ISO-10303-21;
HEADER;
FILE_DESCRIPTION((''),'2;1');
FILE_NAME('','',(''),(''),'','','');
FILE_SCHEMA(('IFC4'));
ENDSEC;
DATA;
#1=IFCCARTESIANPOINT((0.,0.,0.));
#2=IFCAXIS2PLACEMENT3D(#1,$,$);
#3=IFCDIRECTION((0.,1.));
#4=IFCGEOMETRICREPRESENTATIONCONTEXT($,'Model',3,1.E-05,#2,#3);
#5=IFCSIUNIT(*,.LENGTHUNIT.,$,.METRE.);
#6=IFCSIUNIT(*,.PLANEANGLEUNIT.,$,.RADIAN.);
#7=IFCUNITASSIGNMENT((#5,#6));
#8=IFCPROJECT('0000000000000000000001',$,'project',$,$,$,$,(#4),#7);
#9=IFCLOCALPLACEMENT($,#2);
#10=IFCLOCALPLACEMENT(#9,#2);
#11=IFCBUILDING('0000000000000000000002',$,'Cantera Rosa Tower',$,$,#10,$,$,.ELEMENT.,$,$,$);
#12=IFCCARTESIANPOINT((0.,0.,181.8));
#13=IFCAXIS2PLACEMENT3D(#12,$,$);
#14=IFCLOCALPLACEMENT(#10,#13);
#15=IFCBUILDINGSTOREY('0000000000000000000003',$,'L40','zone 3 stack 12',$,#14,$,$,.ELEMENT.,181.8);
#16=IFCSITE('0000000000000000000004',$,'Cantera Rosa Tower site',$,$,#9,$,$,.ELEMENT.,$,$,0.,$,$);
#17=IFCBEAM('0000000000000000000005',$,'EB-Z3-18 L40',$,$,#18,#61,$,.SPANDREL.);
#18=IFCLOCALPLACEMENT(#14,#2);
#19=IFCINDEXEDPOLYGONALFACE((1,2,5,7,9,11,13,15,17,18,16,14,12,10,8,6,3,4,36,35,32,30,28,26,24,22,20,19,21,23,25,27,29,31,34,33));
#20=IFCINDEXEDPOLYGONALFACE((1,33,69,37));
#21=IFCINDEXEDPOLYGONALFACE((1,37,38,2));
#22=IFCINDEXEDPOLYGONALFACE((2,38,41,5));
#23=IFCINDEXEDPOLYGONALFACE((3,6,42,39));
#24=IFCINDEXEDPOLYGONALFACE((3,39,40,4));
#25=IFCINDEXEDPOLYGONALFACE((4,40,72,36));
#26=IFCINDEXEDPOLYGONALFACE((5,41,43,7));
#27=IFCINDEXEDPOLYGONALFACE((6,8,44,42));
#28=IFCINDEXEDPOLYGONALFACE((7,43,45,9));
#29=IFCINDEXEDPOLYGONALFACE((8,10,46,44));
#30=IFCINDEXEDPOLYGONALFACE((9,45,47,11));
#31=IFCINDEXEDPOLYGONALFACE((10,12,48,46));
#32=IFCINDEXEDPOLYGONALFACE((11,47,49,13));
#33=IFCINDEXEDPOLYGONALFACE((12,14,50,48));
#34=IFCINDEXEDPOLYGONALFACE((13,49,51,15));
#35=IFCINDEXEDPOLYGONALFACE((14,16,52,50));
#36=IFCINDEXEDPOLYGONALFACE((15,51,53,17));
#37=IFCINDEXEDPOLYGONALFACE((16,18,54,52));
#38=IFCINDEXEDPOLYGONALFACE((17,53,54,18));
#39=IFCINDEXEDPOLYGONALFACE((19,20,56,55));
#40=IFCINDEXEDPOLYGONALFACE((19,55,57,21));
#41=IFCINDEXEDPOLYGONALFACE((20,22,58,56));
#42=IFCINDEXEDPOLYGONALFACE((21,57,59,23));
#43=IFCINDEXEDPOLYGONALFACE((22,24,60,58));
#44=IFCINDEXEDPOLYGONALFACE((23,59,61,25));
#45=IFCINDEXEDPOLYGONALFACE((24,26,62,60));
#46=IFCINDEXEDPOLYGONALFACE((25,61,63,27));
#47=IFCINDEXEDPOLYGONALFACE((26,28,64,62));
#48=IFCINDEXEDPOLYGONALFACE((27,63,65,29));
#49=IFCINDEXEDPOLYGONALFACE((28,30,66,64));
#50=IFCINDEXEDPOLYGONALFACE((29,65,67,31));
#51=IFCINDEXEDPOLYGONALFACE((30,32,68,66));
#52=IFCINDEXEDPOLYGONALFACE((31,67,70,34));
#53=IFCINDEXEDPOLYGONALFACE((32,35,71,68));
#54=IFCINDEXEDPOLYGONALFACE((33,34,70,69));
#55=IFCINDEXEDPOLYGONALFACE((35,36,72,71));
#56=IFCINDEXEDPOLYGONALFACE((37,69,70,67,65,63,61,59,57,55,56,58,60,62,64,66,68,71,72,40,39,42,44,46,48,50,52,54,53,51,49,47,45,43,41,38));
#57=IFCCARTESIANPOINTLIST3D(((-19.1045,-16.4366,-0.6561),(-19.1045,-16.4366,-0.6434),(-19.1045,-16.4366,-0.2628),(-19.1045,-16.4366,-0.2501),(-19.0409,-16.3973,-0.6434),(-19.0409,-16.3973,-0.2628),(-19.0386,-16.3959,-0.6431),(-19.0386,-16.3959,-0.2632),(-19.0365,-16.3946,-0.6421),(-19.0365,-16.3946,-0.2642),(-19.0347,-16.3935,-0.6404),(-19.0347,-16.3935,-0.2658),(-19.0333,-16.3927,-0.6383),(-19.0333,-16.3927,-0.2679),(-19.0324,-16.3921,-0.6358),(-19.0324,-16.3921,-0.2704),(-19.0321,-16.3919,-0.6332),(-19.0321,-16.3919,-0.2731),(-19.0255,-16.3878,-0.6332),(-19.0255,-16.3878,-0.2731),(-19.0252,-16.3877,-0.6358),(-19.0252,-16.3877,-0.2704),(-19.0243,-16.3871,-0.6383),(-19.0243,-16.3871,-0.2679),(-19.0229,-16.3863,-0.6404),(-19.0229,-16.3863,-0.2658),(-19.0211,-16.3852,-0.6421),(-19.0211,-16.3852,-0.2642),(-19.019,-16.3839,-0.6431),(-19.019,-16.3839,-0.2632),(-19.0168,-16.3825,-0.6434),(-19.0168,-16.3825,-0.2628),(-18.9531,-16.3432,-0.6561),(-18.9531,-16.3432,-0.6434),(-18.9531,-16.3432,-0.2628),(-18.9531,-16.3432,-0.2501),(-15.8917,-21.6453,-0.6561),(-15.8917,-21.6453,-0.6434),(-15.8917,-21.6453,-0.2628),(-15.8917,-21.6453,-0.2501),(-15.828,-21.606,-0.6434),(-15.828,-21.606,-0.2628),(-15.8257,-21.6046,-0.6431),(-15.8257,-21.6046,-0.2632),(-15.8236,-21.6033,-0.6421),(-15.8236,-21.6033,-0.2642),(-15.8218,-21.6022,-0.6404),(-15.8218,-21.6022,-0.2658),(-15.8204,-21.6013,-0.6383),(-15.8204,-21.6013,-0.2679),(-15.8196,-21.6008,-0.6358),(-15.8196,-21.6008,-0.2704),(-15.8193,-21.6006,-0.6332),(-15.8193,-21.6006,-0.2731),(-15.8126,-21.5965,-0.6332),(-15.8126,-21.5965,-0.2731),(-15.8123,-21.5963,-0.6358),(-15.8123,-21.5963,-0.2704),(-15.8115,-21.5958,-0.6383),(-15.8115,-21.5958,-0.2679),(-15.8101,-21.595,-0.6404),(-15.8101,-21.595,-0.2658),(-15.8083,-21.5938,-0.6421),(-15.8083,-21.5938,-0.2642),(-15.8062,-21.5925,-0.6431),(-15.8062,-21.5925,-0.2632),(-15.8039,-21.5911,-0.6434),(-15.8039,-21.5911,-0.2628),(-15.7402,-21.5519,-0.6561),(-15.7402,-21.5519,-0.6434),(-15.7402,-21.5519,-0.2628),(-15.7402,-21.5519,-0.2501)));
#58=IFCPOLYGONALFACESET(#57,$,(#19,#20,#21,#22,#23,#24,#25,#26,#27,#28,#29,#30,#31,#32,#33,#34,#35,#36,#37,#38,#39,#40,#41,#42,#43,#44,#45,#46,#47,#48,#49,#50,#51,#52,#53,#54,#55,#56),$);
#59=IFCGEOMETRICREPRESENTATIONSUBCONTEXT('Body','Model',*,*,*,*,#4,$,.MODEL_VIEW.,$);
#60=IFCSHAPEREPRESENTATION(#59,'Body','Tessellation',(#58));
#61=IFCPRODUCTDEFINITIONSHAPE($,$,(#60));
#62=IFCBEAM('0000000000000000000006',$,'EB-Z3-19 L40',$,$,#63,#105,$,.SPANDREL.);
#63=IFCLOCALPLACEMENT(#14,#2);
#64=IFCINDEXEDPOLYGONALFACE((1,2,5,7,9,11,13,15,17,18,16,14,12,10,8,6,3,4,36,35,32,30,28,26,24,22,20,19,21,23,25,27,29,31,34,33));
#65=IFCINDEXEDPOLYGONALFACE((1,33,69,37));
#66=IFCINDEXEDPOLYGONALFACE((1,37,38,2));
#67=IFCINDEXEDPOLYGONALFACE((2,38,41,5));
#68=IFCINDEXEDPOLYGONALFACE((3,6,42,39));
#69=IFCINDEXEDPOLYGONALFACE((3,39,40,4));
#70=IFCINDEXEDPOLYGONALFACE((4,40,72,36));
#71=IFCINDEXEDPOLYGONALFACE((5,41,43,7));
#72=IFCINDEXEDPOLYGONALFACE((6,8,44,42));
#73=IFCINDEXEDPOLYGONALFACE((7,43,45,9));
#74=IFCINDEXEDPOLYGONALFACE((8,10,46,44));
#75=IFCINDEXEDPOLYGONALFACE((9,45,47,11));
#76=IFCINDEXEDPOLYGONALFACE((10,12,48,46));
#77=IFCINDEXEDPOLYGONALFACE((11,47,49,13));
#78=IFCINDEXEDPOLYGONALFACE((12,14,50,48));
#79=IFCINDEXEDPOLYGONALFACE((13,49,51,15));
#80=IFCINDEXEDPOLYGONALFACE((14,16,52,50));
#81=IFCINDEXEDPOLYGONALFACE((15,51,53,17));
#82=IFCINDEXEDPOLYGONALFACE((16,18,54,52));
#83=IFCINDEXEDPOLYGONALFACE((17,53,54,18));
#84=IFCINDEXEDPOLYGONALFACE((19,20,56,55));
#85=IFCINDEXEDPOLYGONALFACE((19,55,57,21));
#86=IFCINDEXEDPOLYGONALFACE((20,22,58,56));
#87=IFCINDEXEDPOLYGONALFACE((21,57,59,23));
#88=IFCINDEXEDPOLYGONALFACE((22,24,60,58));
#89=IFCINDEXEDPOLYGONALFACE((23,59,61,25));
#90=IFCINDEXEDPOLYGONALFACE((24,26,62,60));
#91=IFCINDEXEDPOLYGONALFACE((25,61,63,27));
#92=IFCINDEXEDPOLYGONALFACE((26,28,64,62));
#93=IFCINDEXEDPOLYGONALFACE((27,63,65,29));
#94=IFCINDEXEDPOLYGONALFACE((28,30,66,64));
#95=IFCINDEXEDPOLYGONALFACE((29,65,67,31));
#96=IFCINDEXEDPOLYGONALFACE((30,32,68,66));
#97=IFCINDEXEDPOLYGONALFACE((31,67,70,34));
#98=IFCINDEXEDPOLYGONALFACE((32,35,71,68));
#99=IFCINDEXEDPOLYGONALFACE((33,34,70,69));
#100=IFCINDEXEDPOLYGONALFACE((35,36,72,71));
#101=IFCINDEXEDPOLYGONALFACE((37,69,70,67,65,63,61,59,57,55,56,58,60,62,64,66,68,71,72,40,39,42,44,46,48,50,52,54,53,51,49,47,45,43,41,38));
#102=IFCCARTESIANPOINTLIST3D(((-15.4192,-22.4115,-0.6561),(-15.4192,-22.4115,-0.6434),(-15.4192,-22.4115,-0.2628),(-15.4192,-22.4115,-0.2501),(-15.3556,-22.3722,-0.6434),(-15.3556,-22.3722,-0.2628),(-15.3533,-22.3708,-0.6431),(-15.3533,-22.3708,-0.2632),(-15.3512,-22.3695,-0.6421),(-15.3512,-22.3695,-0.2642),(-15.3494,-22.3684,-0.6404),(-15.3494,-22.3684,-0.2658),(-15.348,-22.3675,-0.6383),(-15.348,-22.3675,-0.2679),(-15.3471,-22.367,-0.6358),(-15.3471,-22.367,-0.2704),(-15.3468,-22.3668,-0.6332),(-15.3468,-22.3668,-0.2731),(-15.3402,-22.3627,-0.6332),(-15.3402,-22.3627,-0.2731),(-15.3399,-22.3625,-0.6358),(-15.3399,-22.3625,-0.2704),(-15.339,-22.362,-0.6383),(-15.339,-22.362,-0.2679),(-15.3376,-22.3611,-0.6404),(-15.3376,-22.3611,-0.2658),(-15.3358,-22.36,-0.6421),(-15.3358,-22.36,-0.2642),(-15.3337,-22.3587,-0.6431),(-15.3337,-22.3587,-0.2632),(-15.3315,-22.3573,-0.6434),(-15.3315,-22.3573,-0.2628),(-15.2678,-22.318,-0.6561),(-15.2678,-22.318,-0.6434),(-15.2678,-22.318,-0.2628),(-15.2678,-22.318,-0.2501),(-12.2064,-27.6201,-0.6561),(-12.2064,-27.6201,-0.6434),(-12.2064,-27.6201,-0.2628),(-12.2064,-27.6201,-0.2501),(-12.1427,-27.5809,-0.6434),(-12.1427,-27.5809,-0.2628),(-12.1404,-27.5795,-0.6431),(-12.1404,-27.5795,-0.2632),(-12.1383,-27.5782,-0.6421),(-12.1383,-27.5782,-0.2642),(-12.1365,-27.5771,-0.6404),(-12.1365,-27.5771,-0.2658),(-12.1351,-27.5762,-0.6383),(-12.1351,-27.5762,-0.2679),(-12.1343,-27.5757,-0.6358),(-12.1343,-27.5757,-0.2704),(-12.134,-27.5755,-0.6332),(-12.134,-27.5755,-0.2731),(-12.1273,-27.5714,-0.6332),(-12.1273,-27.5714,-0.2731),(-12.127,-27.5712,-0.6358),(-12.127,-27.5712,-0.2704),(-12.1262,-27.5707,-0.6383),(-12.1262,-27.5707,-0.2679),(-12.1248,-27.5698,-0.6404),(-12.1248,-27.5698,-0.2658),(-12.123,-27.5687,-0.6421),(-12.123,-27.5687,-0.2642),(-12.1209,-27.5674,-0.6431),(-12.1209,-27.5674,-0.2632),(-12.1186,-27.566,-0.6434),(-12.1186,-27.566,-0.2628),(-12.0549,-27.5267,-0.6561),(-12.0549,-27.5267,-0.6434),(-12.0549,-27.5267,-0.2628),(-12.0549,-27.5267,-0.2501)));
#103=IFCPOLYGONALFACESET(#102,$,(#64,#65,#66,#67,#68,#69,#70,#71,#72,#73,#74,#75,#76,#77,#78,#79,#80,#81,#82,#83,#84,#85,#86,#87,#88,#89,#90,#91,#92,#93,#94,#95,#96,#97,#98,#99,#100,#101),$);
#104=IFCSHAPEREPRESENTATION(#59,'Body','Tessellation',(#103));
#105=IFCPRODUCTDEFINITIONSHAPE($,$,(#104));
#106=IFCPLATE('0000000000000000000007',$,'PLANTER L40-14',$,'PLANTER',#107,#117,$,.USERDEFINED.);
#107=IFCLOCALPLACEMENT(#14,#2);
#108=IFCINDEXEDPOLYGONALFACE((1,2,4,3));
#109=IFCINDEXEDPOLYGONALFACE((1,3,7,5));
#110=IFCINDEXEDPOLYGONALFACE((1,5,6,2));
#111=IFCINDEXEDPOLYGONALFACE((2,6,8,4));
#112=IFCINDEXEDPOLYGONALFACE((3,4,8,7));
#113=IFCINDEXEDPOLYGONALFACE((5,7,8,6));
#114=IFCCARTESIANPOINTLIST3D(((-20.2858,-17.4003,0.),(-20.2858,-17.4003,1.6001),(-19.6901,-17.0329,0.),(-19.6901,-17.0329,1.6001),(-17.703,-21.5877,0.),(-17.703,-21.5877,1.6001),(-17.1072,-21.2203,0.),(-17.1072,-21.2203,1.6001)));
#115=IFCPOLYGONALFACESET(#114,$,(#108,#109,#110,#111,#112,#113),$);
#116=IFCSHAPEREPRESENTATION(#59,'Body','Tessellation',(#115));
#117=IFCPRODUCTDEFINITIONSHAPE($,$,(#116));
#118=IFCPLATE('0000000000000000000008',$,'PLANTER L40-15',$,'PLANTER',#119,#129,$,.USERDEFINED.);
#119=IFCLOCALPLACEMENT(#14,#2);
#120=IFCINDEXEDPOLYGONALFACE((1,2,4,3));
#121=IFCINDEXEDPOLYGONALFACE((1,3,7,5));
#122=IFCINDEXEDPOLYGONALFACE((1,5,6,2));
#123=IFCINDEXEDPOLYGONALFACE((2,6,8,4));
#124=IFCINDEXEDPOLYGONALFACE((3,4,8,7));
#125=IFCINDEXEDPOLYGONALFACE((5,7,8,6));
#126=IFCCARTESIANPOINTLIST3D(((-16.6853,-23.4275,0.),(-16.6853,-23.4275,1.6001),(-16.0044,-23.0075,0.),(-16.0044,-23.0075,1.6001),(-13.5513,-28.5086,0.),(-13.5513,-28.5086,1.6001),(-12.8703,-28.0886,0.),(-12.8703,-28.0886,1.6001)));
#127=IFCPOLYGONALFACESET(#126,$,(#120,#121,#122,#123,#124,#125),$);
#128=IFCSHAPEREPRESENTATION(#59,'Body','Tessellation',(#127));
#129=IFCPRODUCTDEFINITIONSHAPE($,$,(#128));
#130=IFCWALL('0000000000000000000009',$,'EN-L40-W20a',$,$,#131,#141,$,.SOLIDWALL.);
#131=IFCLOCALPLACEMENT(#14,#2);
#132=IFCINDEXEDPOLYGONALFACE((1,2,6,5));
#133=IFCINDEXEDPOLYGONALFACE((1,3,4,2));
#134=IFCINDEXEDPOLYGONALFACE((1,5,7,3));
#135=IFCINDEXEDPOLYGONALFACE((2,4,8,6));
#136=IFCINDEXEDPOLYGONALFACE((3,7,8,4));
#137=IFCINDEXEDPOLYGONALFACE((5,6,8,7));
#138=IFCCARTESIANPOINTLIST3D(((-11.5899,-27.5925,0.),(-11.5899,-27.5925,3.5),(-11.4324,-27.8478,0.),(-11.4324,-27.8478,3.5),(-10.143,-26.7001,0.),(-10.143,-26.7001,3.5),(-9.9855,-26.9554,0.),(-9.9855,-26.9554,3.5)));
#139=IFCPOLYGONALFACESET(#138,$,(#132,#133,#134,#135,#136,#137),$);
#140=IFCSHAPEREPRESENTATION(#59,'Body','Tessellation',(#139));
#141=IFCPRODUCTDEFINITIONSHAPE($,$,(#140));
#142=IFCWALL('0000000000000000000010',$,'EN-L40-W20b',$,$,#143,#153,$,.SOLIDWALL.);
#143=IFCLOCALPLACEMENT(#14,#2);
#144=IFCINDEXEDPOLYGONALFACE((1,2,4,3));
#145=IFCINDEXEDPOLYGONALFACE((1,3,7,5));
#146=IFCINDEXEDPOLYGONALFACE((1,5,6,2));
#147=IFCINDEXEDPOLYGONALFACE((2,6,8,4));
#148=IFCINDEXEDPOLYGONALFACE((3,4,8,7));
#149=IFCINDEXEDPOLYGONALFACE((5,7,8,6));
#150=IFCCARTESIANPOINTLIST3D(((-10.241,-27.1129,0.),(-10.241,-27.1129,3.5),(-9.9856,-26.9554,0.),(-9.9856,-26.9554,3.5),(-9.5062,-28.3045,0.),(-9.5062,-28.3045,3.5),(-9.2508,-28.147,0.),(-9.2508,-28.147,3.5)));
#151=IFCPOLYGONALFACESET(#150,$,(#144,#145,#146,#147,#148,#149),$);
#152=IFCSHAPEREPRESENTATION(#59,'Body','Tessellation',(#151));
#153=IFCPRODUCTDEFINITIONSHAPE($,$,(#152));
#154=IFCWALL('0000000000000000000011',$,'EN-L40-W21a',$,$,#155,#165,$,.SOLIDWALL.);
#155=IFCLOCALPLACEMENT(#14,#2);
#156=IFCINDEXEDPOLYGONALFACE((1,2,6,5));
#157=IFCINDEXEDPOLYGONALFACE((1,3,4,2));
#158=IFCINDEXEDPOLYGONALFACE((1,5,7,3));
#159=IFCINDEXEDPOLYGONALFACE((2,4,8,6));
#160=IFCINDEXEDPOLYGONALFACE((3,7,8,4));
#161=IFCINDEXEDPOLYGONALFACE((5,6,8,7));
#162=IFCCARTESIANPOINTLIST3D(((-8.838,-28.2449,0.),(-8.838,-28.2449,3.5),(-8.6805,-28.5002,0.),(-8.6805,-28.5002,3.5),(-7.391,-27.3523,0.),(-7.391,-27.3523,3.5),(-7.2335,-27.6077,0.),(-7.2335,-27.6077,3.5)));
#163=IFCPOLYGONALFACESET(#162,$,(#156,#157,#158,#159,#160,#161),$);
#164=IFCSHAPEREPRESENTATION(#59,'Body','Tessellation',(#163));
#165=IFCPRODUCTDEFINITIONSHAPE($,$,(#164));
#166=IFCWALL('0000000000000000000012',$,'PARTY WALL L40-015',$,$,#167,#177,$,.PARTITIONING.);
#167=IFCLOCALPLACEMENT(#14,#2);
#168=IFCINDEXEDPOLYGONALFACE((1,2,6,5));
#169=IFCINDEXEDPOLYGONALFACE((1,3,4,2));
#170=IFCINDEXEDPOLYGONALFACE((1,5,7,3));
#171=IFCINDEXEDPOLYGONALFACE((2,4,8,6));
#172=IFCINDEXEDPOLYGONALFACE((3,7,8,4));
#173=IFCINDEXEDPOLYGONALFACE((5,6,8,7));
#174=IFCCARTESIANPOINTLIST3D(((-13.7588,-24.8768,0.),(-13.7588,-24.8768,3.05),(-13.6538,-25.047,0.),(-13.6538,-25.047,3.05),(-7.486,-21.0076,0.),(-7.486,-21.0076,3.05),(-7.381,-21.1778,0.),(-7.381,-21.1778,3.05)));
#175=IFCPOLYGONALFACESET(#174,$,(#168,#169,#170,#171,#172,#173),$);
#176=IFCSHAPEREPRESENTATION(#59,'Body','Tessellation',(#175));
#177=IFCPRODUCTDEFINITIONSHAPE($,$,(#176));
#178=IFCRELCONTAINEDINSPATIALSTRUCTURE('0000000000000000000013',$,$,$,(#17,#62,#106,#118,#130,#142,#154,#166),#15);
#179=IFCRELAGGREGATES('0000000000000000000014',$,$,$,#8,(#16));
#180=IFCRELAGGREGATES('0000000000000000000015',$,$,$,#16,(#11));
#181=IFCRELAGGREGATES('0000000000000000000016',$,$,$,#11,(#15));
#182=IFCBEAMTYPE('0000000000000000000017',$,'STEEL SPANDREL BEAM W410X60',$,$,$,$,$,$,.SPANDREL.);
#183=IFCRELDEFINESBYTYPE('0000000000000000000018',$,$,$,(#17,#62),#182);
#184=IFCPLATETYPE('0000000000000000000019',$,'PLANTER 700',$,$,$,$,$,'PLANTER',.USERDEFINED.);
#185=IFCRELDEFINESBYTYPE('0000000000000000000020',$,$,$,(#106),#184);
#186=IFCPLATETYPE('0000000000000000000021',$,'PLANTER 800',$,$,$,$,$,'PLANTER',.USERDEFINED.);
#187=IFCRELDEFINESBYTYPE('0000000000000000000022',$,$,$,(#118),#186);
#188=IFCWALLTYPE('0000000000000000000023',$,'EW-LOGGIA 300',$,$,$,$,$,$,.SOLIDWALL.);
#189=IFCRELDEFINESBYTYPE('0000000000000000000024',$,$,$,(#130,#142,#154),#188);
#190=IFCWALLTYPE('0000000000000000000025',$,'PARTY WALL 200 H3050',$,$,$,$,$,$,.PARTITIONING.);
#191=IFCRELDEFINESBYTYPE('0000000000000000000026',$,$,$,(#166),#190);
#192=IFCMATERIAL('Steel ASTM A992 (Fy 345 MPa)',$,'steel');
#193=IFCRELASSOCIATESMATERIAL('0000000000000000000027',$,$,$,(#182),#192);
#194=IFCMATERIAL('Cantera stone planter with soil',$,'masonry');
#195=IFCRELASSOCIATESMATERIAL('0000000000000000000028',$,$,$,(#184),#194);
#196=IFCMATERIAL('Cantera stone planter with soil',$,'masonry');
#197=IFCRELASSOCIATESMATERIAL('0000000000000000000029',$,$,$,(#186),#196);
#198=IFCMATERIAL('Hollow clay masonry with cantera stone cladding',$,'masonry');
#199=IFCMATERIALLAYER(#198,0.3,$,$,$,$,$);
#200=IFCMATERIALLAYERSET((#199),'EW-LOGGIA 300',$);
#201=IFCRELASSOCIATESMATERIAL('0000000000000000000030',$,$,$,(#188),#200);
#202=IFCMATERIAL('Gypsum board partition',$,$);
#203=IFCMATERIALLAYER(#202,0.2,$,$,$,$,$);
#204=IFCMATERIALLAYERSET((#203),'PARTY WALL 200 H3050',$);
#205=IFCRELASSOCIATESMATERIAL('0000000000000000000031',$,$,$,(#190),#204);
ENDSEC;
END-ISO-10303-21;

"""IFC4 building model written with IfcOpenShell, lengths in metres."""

from ifc_helpers import new_model, si_unit, direction, frame, frame_2d, origin, origin_2d, place, context, subcontext, project, spatial, rectangle, i_section, extrude, material, layer, layer_set, material_profile, profile_set, type_object, element, save


model = new_model("IFC4")

# Units and contexts
model_context = context("Model", 3, precision=1e-05, world=origin(), true_north=direction((0.0, 1.0)))
body_context = subcontext(model_context, "Body", "Model", "MODEL_VIEW")
ifc_project = project(units=[si_unit("LENGTHUNIT", "METRE"), si_unit("PLANEANGLEUNIT", "RADIAN")], contexts=[model_context])

# Site, building, storey
site_placement = place(None, origin())
site = spatial("IfcSite", under=ifc_project, at=site_placement, Name="Cantera Rosa Tower site", CompositionType="ELEMENT", RefElevation=0.0)
building_placement = place(site_placement, origin())
building = spatial("IfcBuilding", under=site, at=building_placement, Name="Cantera Rosa Tower", CompositionType="ELEMENT")
storey_placement = place(building_placement, frame((0.0, 0.0, 181.8)))
storey = spatial("IfcBuildingStorey", under=building, at=storey_placement, Name="L40", Description="zone 3 stack 12", CompositionType="ELEMENT", Elevation=181.8)

# Beams
ifc_material_1 = material(Name="Steel ASTM A992 (Fy 345 MPa)", Category="steel")
ifc_material_profile_1 = material_profile(ifc_material_1, i_section(OverallWidth=0.178, OverallDepth=0.406, WebThickness=0.0078, FlangeThickness=0.0127, FilletRadius=0.0103, at=origin_2d()), Name="W410X60")
ifc_profile_set_1 = profile_set([ifc_material_profile_1], Name="Steel ASTM A992 (Fy 345 MPa)")
beam_type_1 = type_object("IfcBeamType", Name="STEEL SPANDREL BEAM W410X60", PredefinedType="SPANDREL", material=ifc_profile_set_1)
for number, where, z_axis, x_axis, name in (
    (1, (-19.0288, -16.3899, -0.4531), (0.524987, -0.85111, 0.0), (0.85111, 0.524987, 0.0), "EB-Z3-18 L40"),
    (2, (-15.3435, -22.3647, -0.4531), (0.524987, -0.85111, 0.0), (0.85111, 0.524987, 0.0), "EB-Z3-19 L40"),
):
    element("IfcBeam", number, at=place(storey_placement, frame(where, z_axis=z_axis, x_axis=x_axis)), inside=storey, type_object=beam_type_1, Name=name, PredefinedType="SPANDREL", context=body_context, shape_type="SweptSolid", body=[
        extrude(i_section(OverallWidth=0.178, OverallDepth=0.406, WebThickness=0.0078, FlangeThickness=0.0127, FilletRadius=0.0103, at=origin_2d()), origin(), (0.0, 0.0, 1.0), 6.1199),
    ])

# Plates
ifc_material_2 = material(Name="Cantera stone planter with soil", Category="masonry")
plate_type_1 = type_object("IfcPlateType", Name="PLANTER 700", ElementType="PLANTER", PredefinedType="USERDEFINED", material=ifc_material_2)
plate_1_placement = place(storey_placement, frame((-18.6965, -19.3103, 0.0), z_axis=(0.0, 0.0, 1.0), x_axis=(0.524977, -0.851117, 0.0)))
element("IfcPlate", 3, at=plate_1_placement, inside=storey, type_object=plate_type_1, Name="PLANTER L40-14", ObjectType="PLANTER", PredefinedType="USERDEFINED", context=body_context, shape_type="SweptSolid", body=[
    extrude(rectangle(XDim=4.9199, YDim=0.7, at=origin_2d()), origin(), (0.0, 0.0, 1.0), 1.6001),
])
ifc_material_3 = material(Name="Cantera stone planter with soil", Category="masonry")
plate_type_2 = type_object("IfcPlateType", Name="PLANTER 800", ElementType="PLANTER", PredefinedType="USERDEFINED", material=ifc_material_3)
plate_2_placement = place(storey_placement, frame((-14.7778, -25.7581, 0.0), z_axis=(0.0, 0.0, 1.0), x_axis=(0.524977, -0.851117, 0.0)))
element("IfcPlate", 4, at=plate_2_placement, inside=storey, type_object=plate_type_2, Name="PLANTER L40-15", ObjectType="PLANTER", PredefinedType="USERDEFINED", context=body_context, shape_type="SweptSolid", body=[
    extrude(rectangle(XDim=5.97, YDim=0.8, at=origin_2d()), origin(), (0.0, 0.0, 1.0), 1.6001),
])

# Walls
ifc_material_4 = material(Name="Hollow clay masonry with cantera stone cladding", Category="masonry")
ifc_layer_1 = layer(ifc_material_4, 0.3)
ifc_layer_set_1 = layer_set([ifc_layer_1], Name="EW-LOGGIA 300")
wall_type_1 = type_object("IfcWallType", Name="EW-LOGGIA 300", PredefinedType="SOLIDWALL", material=ifc_layer_set_1)
wall_1_placement = place(storey_placement, frame((-11.5112, -27.7202, 0.0), z_axis=(0.0, 0.0, 1.0), x_axis=(0.85113, 0.524955, 0.0)))
element("IfcWall", 5, at=wall_1_placement, inside=storey, type_object=wall_type_1, Name="EN-L40-W20a", PredefinedType="SOLIDWALL", context=body_context, shape_type="SweptSolid", body=[
    extrude(rectangle(XDim=1.7, YDim=0.3, at=frame_2d((0.8501, 0.0))), origin(), (0.0, 0.0, 1.0), 3.5),
])
wall_2_placement = place(storey_placement, frame((-10.1133, -27.0342, 0.0), z_axis=(0.0, 0.0, 1.0), x_axis=(0.524895, -0.851167, 0.0)))
element("IfcWall", 6, at=wall_2_placement, inside=storey, type_object=wall_type_1, Name="EN-L40-W20b", PredefinedType="SOLIDWALL", context=body_context, shape_type="SweptSolid", body=[
    extrude(rectangle(XDim=1.3999, YDim=0.3, at=frame_2d((0.7, 0.0))), origin(), (0.0, 0.0, 1.0), 3.5),
])
wall_3_placement = place(storey_placement, frame((-8.7593, -28.3726, 0.0), z_axis=(0.0, 0.0, 1.0), x_axis=(0.851106, 0.524994, 0.0)))
element("IfcWall", 7, at=wall_3_placement, inside=storey, type_object=wall_type_1, Name="EN-L40-W21a", PredefinedType="SOLIDWALL", context=body_context, shape_type="SweptSolid", body=[
    extrude(rectangle(XDim=1.7002, YDim=0.3, at=frame_2d((0.8501, 0.0))), origin(), (0.0, 0.0, 1.0), 3.5),
])

# Wall
ifc_material_5 = material(Name="Gypsum board partition")
ifc_layer_2 = layer(ifc_material_5, 0.2)
ifc_layer_set_2 = layer_set([ifc_layer_2], Name="PARTY WALL 200 H3050")
wall_type_2 = type_object("IfcWallType", Name="PARTY WALL 200 H3050", PredefinedType="PARTITIONING", material=ifc_layer_set_2)
wall_4_placement = place(storey_placement, frame((-13.7063, -24.9619, 0.0), z_axis=(0.0, 0.0, 1.0), x_axis=(0.851112, 0.524984, 0.0)))
element("IfcWall", 8, at=wall_4_placement, inside=storey, type_object=wall_type_2, Name="PARTY WALL L40-015", PredefinedType="PARTITIONING", context=body_context, shape_type="SweptSolid", body=[
    extrude(rectangle(XDim=7.3701, YDim=0.2, at=frame_2d((3.6851, 0.0))), origin(), (0.0, 0.0, 1.0), 3.05),
])

save(model, "model.ifc")
